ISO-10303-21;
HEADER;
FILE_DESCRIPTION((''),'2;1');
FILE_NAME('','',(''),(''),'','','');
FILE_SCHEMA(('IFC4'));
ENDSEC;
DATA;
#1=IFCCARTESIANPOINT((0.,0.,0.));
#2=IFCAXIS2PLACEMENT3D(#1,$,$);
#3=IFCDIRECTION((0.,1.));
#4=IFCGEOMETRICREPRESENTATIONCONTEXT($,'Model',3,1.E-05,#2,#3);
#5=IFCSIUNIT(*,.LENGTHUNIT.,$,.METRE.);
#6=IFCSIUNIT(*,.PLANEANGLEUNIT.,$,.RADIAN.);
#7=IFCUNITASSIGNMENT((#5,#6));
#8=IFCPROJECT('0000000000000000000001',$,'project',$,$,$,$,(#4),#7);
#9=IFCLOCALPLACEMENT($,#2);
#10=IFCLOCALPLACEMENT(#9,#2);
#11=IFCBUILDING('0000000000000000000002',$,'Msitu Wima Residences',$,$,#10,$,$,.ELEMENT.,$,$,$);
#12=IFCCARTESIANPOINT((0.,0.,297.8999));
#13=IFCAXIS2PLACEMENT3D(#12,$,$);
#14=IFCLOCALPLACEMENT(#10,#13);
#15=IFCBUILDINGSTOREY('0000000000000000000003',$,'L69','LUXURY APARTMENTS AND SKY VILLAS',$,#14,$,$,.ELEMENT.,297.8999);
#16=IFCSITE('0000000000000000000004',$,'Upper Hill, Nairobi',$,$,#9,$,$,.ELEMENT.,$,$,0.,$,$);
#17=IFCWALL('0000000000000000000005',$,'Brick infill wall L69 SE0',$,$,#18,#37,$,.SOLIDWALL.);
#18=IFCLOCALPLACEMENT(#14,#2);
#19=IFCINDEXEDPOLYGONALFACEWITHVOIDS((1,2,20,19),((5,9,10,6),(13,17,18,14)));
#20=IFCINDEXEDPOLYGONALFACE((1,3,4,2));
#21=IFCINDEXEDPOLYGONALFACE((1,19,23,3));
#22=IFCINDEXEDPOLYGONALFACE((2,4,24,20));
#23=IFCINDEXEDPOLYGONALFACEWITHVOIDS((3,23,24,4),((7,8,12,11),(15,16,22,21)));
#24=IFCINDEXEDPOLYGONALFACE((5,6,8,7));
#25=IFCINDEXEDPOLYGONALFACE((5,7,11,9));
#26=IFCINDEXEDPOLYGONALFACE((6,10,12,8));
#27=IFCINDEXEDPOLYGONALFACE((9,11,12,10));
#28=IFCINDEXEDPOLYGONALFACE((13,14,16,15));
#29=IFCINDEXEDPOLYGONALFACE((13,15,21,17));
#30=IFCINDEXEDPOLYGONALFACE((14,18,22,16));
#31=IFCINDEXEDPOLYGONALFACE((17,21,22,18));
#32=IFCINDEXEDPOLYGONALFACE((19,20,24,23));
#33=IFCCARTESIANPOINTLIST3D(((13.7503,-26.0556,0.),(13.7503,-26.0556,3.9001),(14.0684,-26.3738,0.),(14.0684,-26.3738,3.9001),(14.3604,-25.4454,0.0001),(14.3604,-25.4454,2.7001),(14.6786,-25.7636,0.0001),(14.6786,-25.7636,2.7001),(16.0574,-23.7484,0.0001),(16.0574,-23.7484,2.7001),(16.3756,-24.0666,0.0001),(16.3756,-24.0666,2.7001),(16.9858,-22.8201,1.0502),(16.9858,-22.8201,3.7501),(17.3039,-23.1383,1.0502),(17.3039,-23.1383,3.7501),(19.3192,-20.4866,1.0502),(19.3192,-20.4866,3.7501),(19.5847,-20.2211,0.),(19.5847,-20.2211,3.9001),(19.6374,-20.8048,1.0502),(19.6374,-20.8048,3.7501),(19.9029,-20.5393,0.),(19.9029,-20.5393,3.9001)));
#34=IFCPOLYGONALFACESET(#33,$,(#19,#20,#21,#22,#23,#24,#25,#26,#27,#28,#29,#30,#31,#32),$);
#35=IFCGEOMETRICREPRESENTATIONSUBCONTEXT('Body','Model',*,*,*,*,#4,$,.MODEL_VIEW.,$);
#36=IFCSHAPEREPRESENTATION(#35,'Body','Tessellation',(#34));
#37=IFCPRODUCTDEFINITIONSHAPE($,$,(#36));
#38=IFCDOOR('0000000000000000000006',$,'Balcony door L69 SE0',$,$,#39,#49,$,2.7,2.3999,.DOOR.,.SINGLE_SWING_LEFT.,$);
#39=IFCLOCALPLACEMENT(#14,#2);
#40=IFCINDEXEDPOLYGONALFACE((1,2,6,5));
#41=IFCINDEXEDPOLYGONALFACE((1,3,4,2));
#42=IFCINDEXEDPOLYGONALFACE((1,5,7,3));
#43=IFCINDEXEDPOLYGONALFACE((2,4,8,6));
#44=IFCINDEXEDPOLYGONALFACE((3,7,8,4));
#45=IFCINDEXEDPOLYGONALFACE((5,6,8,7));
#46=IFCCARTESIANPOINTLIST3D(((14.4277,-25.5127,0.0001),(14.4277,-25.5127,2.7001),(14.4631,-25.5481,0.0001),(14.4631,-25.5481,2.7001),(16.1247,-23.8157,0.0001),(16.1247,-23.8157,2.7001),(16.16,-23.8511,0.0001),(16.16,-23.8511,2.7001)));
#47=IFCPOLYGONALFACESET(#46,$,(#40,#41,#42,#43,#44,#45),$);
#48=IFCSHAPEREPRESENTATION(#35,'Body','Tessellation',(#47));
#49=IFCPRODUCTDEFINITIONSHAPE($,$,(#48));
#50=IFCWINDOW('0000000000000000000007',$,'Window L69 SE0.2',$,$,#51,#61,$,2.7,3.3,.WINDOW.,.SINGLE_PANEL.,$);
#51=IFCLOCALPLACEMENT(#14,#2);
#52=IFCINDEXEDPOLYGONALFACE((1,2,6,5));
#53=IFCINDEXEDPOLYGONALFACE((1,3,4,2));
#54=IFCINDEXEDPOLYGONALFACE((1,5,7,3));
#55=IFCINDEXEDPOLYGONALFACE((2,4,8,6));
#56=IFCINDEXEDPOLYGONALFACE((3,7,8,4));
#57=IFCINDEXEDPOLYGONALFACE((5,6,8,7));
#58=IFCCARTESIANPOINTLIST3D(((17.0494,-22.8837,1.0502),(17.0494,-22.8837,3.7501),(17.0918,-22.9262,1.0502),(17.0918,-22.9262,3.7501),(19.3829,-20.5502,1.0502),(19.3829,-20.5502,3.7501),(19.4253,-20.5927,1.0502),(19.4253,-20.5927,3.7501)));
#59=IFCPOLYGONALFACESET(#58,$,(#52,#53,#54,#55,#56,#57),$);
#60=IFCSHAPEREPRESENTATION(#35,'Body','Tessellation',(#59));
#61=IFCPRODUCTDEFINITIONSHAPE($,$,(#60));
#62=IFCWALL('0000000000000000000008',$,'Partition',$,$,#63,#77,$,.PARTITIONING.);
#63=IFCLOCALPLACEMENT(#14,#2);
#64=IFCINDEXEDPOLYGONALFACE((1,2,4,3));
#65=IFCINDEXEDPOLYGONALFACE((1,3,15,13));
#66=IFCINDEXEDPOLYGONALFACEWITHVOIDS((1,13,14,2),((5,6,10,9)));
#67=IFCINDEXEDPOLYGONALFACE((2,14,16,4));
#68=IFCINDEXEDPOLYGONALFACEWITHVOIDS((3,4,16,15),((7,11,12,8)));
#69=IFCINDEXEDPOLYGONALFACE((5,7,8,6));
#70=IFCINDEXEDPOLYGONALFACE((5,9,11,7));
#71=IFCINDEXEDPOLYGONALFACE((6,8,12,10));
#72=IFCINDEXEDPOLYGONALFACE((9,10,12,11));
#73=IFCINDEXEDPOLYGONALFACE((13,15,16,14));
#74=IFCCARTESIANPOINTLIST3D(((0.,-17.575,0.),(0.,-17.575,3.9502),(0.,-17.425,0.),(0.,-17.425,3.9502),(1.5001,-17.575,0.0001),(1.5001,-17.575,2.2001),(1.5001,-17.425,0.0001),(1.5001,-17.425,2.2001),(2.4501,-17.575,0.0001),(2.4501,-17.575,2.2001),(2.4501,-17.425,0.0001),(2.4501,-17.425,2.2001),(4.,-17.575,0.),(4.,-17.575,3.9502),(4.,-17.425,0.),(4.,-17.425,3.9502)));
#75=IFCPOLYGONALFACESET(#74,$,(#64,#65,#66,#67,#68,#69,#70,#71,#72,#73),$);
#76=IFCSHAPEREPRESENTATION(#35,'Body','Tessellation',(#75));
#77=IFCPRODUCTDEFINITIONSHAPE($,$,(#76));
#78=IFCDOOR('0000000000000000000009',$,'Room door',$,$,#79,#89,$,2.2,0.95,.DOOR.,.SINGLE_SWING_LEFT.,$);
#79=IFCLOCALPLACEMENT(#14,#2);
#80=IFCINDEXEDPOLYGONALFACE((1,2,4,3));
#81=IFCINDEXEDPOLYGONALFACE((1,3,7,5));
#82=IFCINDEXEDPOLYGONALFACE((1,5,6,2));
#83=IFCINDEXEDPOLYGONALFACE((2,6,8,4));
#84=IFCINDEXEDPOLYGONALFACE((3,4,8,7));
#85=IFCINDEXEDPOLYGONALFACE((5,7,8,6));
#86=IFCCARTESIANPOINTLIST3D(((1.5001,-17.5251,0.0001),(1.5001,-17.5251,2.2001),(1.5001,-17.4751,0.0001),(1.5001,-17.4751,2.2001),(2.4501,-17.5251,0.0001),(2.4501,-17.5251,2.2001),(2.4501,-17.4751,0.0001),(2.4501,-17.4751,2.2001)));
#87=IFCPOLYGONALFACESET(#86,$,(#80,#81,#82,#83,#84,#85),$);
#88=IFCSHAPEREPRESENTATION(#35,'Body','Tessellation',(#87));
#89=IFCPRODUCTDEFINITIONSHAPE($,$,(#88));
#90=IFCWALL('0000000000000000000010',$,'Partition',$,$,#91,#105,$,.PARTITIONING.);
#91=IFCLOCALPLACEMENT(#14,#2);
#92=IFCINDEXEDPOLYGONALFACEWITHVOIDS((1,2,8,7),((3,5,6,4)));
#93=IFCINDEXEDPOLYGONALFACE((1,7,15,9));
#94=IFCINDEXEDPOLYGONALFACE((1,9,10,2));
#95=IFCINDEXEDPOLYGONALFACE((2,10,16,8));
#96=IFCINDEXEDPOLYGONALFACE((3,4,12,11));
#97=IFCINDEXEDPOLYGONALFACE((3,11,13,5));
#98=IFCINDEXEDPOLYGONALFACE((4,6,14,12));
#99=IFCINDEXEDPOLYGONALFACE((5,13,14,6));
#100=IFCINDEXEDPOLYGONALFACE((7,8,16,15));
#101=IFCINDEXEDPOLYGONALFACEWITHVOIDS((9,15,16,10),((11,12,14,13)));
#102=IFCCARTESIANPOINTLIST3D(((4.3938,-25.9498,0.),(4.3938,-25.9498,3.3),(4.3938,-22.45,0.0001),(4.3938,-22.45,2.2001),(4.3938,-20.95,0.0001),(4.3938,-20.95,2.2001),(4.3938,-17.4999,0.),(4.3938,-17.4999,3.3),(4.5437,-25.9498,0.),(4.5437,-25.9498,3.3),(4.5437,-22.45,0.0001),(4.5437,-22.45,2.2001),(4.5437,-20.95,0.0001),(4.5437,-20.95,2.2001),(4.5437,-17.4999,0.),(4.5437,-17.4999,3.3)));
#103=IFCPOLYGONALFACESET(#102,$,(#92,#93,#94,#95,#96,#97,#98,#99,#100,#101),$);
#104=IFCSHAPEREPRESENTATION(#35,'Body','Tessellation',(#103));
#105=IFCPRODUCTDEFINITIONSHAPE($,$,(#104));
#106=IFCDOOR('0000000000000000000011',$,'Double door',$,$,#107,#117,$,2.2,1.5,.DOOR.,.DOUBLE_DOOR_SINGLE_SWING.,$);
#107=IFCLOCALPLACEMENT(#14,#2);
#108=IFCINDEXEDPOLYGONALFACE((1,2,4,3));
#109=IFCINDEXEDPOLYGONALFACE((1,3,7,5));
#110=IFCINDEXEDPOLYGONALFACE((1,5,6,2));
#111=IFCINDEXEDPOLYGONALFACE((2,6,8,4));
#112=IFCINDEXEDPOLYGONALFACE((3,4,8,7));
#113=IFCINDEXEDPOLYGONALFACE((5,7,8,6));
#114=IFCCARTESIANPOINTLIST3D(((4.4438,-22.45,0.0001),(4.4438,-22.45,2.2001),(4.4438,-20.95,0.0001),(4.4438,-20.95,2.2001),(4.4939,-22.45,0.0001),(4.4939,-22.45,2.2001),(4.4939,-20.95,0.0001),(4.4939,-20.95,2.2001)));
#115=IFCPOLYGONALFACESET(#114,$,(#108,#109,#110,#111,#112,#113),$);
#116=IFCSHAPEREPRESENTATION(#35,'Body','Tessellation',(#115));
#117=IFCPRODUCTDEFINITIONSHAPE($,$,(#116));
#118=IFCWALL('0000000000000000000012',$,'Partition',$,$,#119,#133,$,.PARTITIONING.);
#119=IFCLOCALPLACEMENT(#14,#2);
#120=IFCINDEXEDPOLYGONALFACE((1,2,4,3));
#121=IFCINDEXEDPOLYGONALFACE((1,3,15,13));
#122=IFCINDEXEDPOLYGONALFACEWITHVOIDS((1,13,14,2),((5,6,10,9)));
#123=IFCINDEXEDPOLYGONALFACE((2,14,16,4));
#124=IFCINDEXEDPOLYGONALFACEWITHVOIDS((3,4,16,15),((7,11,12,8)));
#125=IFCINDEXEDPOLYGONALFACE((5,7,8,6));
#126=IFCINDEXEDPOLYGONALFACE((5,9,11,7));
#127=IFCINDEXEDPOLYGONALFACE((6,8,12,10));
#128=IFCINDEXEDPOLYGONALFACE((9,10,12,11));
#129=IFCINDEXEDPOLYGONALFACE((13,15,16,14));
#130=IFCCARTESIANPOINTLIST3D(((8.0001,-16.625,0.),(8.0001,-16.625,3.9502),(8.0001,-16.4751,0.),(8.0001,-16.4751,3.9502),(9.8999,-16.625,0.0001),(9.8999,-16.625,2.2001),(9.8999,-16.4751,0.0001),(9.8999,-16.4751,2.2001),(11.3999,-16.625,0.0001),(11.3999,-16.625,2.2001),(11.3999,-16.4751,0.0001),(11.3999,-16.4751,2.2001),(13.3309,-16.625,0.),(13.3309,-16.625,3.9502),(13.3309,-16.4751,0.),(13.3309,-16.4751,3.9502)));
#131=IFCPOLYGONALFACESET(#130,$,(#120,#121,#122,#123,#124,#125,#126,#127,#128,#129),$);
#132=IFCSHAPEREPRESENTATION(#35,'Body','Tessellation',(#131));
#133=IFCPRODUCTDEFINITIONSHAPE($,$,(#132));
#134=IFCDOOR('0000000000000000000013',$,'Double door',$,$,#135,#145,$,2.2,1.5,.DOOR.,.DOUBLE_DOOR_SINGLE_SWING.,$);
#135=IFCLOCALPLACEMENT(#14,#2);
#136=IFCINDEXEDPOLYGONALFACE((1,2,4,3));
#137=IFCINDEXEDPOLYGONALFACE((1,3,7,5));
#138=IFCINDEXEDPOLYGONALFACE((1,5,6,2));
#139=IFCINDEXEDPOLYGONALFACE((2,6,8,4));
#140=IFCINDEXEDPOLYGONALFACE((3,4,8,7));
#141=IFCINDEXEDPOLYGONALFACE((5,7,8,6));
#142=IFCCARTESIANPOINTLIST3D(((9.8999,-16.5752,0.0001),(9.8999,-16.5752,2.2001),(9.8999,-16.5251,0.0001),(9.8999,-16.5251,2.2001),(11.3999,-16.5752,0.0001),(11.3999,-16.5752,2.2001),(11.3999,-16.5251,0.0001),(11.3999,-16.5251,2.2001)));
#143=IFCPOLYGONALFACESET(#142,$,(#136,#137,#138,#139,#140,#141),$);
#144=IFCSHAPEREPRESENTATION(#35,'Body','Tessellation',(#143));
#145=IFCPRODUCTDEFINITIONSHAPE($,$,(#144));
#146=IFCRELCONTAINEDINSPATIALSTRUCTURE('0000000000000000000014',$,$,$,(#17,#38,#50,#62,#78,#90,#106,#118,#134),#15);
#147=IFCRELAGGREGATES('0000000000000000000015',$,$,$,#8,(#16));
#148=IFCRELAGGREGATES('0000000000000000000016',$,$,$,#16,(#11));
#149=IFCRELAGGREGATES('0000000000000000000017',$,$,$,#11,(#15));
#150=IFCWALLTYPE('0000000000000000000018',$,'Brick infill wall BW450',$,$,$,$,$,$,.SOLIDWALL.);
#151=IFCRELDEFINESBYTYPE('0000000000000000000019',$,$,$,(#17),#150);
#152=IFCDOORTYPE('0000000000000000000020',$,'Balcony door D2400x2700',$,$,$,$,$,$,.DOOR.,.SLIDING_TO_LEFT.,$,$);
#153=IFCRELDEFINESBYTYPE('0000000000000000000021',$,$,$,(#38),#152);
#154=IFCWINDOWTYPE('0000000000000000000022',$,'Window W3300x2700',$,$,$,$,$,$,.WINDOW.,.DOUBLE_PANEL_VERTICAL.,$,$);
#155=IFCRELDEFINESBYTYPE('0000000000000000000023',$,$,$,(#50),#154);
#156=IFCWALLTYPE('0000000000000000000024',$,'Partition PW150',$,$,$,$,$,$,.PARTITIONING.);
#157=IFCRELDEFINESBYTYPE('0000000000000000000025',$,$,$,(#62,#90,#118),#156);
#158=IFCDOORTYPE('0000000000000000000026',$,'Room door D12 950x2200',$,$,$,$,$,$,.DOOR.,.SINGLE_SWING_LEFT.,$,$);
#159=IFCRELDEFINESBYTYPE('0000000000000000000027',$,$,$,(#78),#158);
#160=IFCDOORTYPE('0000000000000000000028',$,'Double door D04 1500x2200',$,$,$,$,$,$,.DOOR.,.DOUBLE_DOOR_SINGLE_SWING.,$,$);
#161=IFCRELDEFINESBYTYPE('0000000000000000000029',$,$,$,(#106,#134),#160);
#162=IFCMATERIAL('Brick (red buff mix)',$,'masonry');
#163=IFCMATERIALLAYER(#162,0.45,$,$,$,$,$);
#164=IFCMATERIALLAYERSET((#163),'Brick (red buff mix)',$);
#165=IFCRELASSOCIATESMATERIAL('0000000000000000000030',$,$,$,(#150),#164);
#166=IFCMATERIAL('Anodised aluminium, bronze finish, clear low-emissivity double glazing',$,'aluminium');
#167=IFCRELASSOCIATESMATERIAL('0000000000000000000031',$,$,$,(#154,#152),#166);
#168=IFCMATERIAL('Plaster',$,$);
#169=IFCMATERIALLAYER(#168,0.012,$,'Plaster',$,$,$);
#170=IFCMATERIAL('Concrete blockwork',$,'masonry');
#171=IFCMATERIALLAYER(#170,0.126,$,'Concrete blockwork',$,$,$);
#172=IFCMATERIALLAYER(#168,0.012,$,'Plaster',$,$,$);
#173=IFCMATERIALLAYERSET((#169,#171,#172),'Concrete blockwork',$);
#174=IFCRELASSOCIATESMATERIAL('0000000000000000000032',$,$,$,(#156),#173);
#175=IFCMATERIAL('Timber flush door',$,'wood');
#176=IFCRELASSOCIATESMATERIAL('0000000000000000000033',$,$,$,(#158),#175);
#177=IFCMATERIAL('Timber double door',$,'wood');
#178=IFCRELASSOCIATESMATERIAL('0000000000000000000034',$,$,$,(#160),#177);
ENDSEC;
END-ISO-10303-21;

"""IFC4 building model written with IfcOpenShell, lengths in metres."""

from ifc_helpers import new_model, si_unit, direction, frame, frame_2d, origin, place, context, subcontext, project, spatial, rectangle, extrude, material, layer, layer_set, type_object, element, fill, save


model = new_model("IFC4")

# Units and contexts
model_context = context("Model", 3, precision=1e-05, world=origin(), true_north=direction((0.0, 1.0)))
body_context = subcontext(model_context, "Body", "Model", "MODEL_VIEW")
ifc_project = project(units=[si_unit("LENGTHUNIT", "METRE"), si_unit("PLANEANGLEUNIT", "RADIAN")], contexts=[model_context])

# Site, building, storey
site_placement = place(None, origin())
site = spatial("IfcSite", under=ifc_project, at=site_placement, Name="Upper Hill, Nairobi", CompositionType="ELEMENT", RefElevation=0.0)
building_placement = place(site_placement, origin())
building = spatial("IfcBuilding", under=site, at=building_placement, Name="Msitu Wima Residences", CompositionType="ELEMENT")
storey_placement = place(building_placement, frame((0.0, 0.0, 297.8999)))
storey = spatial("IfcBuildingStorey", under=building, at=storey_placement, Name="L69", Description="LUXURY APARTMENTS AND SKY VILLAS", CompositionType="ELEMENT", Elevation=297.8999)

# Shared definitions
ifc_material_1 = material(Name="Brick (red buff mix)", Category="masonry")
ifc_layer_1 = layer(ifc_material_1, 0.45)
ifc_layer_set_1 = layer_set([ifc_layer_1], Name="Brick (red buff mix)")
wall_type_1 = type_object("IfcWallType", Name="Brick infill wall BW450", PredefinedType="SOLIDWALL", material=ifc_layer_set_1)
ifc_material_2 = material(Name="Anodised aluminium, bronze finish, clear low-emissivity double glazing", Category="aluminium")
window_type = type_object("IfcWindowType", Name="Window W3300x2700", PartitioningType="DOUBLE_PANEL_VERTICAL", PredefinedType="WINDOW", material=ifc_material_2)

# Wall, openings, door, window
wall_1_placement = place(storey_placement, frame((13.9094, -26.2146, 0.0), z_axis=(0.0, 0.0, 1.0), x_axis=(0.707107, 0.707107, 0.0)))
wall_1 = element("IfcWall", 1, at=wall_1_placement, inside=storey, type_object=wall_type_1, Name="Brick infill wall L69 SE0", PredefinedType="SOLIDWALL", context=body_context, shape_type="SweptSolid", body=[
    extrude(rectangle(XDim=8.2512, YDim=0.45, at=frame_2d((4.1255, 0.0))), origin(), (0.0, 0.0, 1.0), 3.9001),
])
opening_1_placement = place(wall_1_placement, frame((0.8628, 0.0, 0.0)))
opening_1 = element("IfcOpeningElement", 2, at=opening_1_placement, cuts=wall_1, PredefinedType="OPENING", context=body_context, shape_type="SweptSolid", body=[
    extrude(rectangle(XDim=2.3999, YDim=2.7, at=frame_2d((1.2, 1.3501))), frame((0.0, 0.2349, 0.0), z_axis=(0.0, -1.0, 0.0), x_axis=(1.0, 0.0, 0.0)), (0.0, 0.0, 1.0), 0.47),
])
opening_2_placement = place(wall_1_placement, frame((4.5757, 0.0, 1.05)))
opening_2 = element("IfcOpeningElement", 3, at=opening_2_placement, cuts=wall_1, PredefinedType="OPENING", context=body_context, shape_type="SweptSolid", body=[
    extrude(rectangle(XDim=3.3, YDim=2.7, at=frame_2d((1.6499, 1.3501))), frame((0.0, 0.2349, 0.0), z_axis=(0.0, -1.0, 0.0), x_axis=(1.0, 0.0, 0.0)), (0.0, 0.0, 1.0), 0.47),
])
door_type_1 = type_object("IfcDoorType", Name="Balcony door D2400x2700", OperationType="SLIDING_TO_LEFT", PredefinedType="DOOR", material=ifc_material_2)
door_1_placement = place(opening_1_placement, origin())
door_1 = element("IfcDoor", 4, at=door_1_placement, inside=storey, type_object=door_type_1, Name="Balcony door L69 SE0", OperationType="SINGLE_SWING_LEFT", OverallHeight=2.7, OverallWidth=2.3999, PredefinedType="DOOR", context=body_context, shape_type="SweptSolid", body=[
    extrude(rectangle(XDim=2.3999, YDim=2.7, at=frame_2d((1.2, 1.3501))), frame((0.0, 0.1299, 0.0), z_axis=(0.0, -1.0, 0.0), x_axis=(1.0, 0.0, 0.0)), (0.0, 0.0, 1.0), 0.05),
])
fill(opening_1, door_1)
window_1_placement = place(opening_2_placement, origin())
window_1 = element("IfcWindow", 5, at=window_1_placement, inside=storey, type_object=window_type, Name="Window L69 SE0.2", OverallHeight=2.7, OverallWidth=3.3, PartitioningType="SINGLE_PANEL", PredefinedType="WINDOW", context=body_context, shape_type="SweptSolid", body=[
    extrude(rectangle(XDim=3.3, YDim=2.7, at=frame_2d((1.6499, 1.3501))), frame((0.0, 0.135, 0.0), z_axis=(0.0, -1.0, 0.0), x_axis=(1.0, 0.0, 0.0)), (0.0, 0.0, 1.0), 0.0601),
])
fill(opening_2, window_1)

# Walls, openings, doors
ifc_material_3 = material(Name="Plaster")
ifc_layer_2 = layer(ifc_material_3, 0.012, Name="Plaster")
ifc_material_4 = material(Name="Concrete blockwork", Category="masonry")
ifc_layer_3 = layer(ifc_material_4, 0.126, Name="Concrete blockwork")
ifc_layer_4 = layer(ifc_material_3, 0.012, Name="Plaster")
ifc_layer_set_2 = layer_set([ifc_layer_2, ifc_layer_3, ifc_layer_4], Name="Concrete blockwork")
wall_type_2 = type_object("IfcWallType", Name="Partition PW150", PredefinedType="PARTITIONING", material=ifc_layer_set_2)
wall_2_placement = place(storey_placement, frame((0.0, -17.5, 0.0), z_axis=(0.0, 0.0, 1.0), x_axis=(1.0, 0.0, 0.0)))
wall_2 = element("IfcWall", 6, at=wall_2_placement, inside=storey, type_object=wall_type_2, Name="Partition", PredefinedType="PARTITIONING", context=body_context, shape_type="SweptSolid", body=[
    extrude(rectangle(XDim=4.0, YDim=0.1499, at=frame_2d((2.0, 0.0))), origin(), (0.0, 0.0, 1.0), 3.9502),
])
opening_3_placement = place(wall_2_placement, frame((1.5, 0.0, 0.0)))
opening_3 = element("IfcOpeningElement", 7, at=opening_3_placement, cuts=wall_2, PredefinedType="OPENING", context=body_context, shape_type="SweptSolid", body=[
    extrude(rectangle(XDim=0.95, YDim=2.2, at=frame_2d((0.4751, 1.1001))), frame((0.0, 0.085, 0.0), z_axis=(0.0, -1.0, 0.0), x_axis=(1.0, 0.0, 0.0)), (0.0, 0.0, 1.0), 0.1699),
])
ifc_material_5 = material(Name="Timber flush door", Category="wood")
door_type_2 = type_object("IfcDoorType", Name="Room door D12 950x2200", OperationType="SINGLE_SWING_LEFT", PredefinedType="DOOR", material=ifc_material_5)
door_2_placement = place(opening_3_placement, origin())
door_2 = element("IfcDoor", 8, at=door_2_placement, inside=storey, type_object=door_type_2, Name="Room door", OperationType="SINGLE_SWING_LEFT", OverallHeight=2.2, OverallWidth=0.95, PredefinedType="DOOR", context=body_context, shape_type="SweptSolid", body=[
    extrude(rectangle(XDim=0.95, YDim=2.2, at=frame_2d((0.4751, 1.1001))), frame((0.0, 0.0249, 0.0), z_axis=(0.0, -1.0, 0.0), x_axis=(1.0, 0.0, 0.0)), (0.0, 0.0, 1.0), 0.05),
])
fill(opening_3, door_2)
wall_3_placement = place(storey_placement, frame((4.4688, -25.95, 0.0), z_axis=(0.0, 0.0, 1.0), x_axis=(0.0, 1.0, 0.0)))
wall_3 = element("IfcWall", 9, at=wall_3_placement, inside=storey, type_object=wall_type_2, Name="Partition", PredefinedType="PARTITIONING", context=body_context, shape_type="SweptSolid", body=[
    extrude(rectangle(XDim=8.45, YDim=0.1499, at=frame_2d((4.2251, 0.0))), origin(), (0.0, 0.0, 1.0), 3.3),
])
opening_4_placement = place(wall_3_placement, frame((3.5, 0.0, 0.0)))
opening_4 = element("IfcOpeningElement", 10, at=opening_4_placement, cuts=wall_3, PredefinedType="OPENING", context=body_context, shape_type="SweptSolid", body=[
    extrude(rectangle(XDim=1.5, YDim=2.2, at=frame_2d((0.75, 1.1001))), frame((0.0, 0.085, 0.0), z_axis=(0.0, -1.0, 0.0), x_axis=(1.0, 0.0, 0.0)), (0.0, 0.0, 1.0), 0.1699),
])
ifc_material_6 = material(Name="Timber double door", Category="wood")
door_type_3 = type_object("IfcDoorType", Name="Double door D04 1500x2200", OperationType="DOUBLE_DOOR_SINGLE_SWING", PredefinedType="DOOR", material=ifc_material_6)
door_3_placement = place(opening_4_placement, origin())
door_3 = element("IfcDoor", 11, at=door_3_placement, inside=storey, type_object=door_type_3, Name="Double door", OperationType="DOUBLE_DOOR_SINGLE_SWING", OverallHeight=2.2, OverallWidth=1.5, PredefinedType="DOOR", context=body_context, shape_type="SweptSolid", body=[
    extrude(rectangle(XDim=1.5, YDim=2.2, at=frame_2d((0.75, 1.1001))), frame((0.0, 0.0249, 0.0), z_axis=(0.0, -1.0, 0.0), x_axis=(1.0, 0.0, 0.0)), (0.0, 0.0, 1.0), 0.05),
])
fill(opening_4, door_3)
wall_4_placement = place(storey_placement, frame((8.0, -16.55, 0.0), z_axis=(0.0, 0.0, 1.0), x_axis=(1.0, 0.0, 0.0)))
wall_4 = element("IfcWall", 12, at=wall_4_placement, inside=storey, type_object=wall_type_2, Name="Partition", PredefinedType="PARTITIONING", context=body_context, shape_type="SweptSolid", body=[
    extrude(rectangle(XDim=5.3308, YDim=0.1499, at=frame_2d((2.6655, 0.0))), origin(), (0.0, 0.0, 1.0), 3.9502),
])
opening_5_placement = place(wall_4_placement, frame((1.8999, 0.0, 0.0)))
opening_5 = element("IfcOpeningElement", 13, at=opening_5_placement, cuts=wall_4, PredefinedType="OPENING", context=body_context, shape_type="SweptSolid", body=[
    extrude(rectangle(XDim=1.5, YDim=2.2, at=frame_2d((0.75, 1.1001))), frame((0.0, 0.085, 0.0), z_axis=(0.0, -1.0, 0.0), x_axis=(1.0, 0.0, 0.0)), (0.0, 0.0, 1.0), 0.1699),
])
door_4_placement = place(opening_5_placement, origin())
door_4 = element("IfcDoor", 14, at=door_4_placement, inside=storey, type_object=door_type_3, Name="Double door", OperationType="DOUBLE_DOOR_SINGLE_SWING", OverallHeight=2.2, OverallWidth=1.5, PredefinedType="DOOR", context=body_context, shape_type="SweptSolid", body=[
    extrude(rectangle(XDim=1.5, YDim=2.2, at=frame_2d((0.75, 1.1001))), frame((0.0, 0.0249, 0.0), z_axis=(0.0, -1.0, 0.0), x_axis=(1.0, 0.0, 0.0)), (0.0, 0.0, 1.0), 0.05),
])
fill(opening_5, door_4)

save(model, "model.ifc")
